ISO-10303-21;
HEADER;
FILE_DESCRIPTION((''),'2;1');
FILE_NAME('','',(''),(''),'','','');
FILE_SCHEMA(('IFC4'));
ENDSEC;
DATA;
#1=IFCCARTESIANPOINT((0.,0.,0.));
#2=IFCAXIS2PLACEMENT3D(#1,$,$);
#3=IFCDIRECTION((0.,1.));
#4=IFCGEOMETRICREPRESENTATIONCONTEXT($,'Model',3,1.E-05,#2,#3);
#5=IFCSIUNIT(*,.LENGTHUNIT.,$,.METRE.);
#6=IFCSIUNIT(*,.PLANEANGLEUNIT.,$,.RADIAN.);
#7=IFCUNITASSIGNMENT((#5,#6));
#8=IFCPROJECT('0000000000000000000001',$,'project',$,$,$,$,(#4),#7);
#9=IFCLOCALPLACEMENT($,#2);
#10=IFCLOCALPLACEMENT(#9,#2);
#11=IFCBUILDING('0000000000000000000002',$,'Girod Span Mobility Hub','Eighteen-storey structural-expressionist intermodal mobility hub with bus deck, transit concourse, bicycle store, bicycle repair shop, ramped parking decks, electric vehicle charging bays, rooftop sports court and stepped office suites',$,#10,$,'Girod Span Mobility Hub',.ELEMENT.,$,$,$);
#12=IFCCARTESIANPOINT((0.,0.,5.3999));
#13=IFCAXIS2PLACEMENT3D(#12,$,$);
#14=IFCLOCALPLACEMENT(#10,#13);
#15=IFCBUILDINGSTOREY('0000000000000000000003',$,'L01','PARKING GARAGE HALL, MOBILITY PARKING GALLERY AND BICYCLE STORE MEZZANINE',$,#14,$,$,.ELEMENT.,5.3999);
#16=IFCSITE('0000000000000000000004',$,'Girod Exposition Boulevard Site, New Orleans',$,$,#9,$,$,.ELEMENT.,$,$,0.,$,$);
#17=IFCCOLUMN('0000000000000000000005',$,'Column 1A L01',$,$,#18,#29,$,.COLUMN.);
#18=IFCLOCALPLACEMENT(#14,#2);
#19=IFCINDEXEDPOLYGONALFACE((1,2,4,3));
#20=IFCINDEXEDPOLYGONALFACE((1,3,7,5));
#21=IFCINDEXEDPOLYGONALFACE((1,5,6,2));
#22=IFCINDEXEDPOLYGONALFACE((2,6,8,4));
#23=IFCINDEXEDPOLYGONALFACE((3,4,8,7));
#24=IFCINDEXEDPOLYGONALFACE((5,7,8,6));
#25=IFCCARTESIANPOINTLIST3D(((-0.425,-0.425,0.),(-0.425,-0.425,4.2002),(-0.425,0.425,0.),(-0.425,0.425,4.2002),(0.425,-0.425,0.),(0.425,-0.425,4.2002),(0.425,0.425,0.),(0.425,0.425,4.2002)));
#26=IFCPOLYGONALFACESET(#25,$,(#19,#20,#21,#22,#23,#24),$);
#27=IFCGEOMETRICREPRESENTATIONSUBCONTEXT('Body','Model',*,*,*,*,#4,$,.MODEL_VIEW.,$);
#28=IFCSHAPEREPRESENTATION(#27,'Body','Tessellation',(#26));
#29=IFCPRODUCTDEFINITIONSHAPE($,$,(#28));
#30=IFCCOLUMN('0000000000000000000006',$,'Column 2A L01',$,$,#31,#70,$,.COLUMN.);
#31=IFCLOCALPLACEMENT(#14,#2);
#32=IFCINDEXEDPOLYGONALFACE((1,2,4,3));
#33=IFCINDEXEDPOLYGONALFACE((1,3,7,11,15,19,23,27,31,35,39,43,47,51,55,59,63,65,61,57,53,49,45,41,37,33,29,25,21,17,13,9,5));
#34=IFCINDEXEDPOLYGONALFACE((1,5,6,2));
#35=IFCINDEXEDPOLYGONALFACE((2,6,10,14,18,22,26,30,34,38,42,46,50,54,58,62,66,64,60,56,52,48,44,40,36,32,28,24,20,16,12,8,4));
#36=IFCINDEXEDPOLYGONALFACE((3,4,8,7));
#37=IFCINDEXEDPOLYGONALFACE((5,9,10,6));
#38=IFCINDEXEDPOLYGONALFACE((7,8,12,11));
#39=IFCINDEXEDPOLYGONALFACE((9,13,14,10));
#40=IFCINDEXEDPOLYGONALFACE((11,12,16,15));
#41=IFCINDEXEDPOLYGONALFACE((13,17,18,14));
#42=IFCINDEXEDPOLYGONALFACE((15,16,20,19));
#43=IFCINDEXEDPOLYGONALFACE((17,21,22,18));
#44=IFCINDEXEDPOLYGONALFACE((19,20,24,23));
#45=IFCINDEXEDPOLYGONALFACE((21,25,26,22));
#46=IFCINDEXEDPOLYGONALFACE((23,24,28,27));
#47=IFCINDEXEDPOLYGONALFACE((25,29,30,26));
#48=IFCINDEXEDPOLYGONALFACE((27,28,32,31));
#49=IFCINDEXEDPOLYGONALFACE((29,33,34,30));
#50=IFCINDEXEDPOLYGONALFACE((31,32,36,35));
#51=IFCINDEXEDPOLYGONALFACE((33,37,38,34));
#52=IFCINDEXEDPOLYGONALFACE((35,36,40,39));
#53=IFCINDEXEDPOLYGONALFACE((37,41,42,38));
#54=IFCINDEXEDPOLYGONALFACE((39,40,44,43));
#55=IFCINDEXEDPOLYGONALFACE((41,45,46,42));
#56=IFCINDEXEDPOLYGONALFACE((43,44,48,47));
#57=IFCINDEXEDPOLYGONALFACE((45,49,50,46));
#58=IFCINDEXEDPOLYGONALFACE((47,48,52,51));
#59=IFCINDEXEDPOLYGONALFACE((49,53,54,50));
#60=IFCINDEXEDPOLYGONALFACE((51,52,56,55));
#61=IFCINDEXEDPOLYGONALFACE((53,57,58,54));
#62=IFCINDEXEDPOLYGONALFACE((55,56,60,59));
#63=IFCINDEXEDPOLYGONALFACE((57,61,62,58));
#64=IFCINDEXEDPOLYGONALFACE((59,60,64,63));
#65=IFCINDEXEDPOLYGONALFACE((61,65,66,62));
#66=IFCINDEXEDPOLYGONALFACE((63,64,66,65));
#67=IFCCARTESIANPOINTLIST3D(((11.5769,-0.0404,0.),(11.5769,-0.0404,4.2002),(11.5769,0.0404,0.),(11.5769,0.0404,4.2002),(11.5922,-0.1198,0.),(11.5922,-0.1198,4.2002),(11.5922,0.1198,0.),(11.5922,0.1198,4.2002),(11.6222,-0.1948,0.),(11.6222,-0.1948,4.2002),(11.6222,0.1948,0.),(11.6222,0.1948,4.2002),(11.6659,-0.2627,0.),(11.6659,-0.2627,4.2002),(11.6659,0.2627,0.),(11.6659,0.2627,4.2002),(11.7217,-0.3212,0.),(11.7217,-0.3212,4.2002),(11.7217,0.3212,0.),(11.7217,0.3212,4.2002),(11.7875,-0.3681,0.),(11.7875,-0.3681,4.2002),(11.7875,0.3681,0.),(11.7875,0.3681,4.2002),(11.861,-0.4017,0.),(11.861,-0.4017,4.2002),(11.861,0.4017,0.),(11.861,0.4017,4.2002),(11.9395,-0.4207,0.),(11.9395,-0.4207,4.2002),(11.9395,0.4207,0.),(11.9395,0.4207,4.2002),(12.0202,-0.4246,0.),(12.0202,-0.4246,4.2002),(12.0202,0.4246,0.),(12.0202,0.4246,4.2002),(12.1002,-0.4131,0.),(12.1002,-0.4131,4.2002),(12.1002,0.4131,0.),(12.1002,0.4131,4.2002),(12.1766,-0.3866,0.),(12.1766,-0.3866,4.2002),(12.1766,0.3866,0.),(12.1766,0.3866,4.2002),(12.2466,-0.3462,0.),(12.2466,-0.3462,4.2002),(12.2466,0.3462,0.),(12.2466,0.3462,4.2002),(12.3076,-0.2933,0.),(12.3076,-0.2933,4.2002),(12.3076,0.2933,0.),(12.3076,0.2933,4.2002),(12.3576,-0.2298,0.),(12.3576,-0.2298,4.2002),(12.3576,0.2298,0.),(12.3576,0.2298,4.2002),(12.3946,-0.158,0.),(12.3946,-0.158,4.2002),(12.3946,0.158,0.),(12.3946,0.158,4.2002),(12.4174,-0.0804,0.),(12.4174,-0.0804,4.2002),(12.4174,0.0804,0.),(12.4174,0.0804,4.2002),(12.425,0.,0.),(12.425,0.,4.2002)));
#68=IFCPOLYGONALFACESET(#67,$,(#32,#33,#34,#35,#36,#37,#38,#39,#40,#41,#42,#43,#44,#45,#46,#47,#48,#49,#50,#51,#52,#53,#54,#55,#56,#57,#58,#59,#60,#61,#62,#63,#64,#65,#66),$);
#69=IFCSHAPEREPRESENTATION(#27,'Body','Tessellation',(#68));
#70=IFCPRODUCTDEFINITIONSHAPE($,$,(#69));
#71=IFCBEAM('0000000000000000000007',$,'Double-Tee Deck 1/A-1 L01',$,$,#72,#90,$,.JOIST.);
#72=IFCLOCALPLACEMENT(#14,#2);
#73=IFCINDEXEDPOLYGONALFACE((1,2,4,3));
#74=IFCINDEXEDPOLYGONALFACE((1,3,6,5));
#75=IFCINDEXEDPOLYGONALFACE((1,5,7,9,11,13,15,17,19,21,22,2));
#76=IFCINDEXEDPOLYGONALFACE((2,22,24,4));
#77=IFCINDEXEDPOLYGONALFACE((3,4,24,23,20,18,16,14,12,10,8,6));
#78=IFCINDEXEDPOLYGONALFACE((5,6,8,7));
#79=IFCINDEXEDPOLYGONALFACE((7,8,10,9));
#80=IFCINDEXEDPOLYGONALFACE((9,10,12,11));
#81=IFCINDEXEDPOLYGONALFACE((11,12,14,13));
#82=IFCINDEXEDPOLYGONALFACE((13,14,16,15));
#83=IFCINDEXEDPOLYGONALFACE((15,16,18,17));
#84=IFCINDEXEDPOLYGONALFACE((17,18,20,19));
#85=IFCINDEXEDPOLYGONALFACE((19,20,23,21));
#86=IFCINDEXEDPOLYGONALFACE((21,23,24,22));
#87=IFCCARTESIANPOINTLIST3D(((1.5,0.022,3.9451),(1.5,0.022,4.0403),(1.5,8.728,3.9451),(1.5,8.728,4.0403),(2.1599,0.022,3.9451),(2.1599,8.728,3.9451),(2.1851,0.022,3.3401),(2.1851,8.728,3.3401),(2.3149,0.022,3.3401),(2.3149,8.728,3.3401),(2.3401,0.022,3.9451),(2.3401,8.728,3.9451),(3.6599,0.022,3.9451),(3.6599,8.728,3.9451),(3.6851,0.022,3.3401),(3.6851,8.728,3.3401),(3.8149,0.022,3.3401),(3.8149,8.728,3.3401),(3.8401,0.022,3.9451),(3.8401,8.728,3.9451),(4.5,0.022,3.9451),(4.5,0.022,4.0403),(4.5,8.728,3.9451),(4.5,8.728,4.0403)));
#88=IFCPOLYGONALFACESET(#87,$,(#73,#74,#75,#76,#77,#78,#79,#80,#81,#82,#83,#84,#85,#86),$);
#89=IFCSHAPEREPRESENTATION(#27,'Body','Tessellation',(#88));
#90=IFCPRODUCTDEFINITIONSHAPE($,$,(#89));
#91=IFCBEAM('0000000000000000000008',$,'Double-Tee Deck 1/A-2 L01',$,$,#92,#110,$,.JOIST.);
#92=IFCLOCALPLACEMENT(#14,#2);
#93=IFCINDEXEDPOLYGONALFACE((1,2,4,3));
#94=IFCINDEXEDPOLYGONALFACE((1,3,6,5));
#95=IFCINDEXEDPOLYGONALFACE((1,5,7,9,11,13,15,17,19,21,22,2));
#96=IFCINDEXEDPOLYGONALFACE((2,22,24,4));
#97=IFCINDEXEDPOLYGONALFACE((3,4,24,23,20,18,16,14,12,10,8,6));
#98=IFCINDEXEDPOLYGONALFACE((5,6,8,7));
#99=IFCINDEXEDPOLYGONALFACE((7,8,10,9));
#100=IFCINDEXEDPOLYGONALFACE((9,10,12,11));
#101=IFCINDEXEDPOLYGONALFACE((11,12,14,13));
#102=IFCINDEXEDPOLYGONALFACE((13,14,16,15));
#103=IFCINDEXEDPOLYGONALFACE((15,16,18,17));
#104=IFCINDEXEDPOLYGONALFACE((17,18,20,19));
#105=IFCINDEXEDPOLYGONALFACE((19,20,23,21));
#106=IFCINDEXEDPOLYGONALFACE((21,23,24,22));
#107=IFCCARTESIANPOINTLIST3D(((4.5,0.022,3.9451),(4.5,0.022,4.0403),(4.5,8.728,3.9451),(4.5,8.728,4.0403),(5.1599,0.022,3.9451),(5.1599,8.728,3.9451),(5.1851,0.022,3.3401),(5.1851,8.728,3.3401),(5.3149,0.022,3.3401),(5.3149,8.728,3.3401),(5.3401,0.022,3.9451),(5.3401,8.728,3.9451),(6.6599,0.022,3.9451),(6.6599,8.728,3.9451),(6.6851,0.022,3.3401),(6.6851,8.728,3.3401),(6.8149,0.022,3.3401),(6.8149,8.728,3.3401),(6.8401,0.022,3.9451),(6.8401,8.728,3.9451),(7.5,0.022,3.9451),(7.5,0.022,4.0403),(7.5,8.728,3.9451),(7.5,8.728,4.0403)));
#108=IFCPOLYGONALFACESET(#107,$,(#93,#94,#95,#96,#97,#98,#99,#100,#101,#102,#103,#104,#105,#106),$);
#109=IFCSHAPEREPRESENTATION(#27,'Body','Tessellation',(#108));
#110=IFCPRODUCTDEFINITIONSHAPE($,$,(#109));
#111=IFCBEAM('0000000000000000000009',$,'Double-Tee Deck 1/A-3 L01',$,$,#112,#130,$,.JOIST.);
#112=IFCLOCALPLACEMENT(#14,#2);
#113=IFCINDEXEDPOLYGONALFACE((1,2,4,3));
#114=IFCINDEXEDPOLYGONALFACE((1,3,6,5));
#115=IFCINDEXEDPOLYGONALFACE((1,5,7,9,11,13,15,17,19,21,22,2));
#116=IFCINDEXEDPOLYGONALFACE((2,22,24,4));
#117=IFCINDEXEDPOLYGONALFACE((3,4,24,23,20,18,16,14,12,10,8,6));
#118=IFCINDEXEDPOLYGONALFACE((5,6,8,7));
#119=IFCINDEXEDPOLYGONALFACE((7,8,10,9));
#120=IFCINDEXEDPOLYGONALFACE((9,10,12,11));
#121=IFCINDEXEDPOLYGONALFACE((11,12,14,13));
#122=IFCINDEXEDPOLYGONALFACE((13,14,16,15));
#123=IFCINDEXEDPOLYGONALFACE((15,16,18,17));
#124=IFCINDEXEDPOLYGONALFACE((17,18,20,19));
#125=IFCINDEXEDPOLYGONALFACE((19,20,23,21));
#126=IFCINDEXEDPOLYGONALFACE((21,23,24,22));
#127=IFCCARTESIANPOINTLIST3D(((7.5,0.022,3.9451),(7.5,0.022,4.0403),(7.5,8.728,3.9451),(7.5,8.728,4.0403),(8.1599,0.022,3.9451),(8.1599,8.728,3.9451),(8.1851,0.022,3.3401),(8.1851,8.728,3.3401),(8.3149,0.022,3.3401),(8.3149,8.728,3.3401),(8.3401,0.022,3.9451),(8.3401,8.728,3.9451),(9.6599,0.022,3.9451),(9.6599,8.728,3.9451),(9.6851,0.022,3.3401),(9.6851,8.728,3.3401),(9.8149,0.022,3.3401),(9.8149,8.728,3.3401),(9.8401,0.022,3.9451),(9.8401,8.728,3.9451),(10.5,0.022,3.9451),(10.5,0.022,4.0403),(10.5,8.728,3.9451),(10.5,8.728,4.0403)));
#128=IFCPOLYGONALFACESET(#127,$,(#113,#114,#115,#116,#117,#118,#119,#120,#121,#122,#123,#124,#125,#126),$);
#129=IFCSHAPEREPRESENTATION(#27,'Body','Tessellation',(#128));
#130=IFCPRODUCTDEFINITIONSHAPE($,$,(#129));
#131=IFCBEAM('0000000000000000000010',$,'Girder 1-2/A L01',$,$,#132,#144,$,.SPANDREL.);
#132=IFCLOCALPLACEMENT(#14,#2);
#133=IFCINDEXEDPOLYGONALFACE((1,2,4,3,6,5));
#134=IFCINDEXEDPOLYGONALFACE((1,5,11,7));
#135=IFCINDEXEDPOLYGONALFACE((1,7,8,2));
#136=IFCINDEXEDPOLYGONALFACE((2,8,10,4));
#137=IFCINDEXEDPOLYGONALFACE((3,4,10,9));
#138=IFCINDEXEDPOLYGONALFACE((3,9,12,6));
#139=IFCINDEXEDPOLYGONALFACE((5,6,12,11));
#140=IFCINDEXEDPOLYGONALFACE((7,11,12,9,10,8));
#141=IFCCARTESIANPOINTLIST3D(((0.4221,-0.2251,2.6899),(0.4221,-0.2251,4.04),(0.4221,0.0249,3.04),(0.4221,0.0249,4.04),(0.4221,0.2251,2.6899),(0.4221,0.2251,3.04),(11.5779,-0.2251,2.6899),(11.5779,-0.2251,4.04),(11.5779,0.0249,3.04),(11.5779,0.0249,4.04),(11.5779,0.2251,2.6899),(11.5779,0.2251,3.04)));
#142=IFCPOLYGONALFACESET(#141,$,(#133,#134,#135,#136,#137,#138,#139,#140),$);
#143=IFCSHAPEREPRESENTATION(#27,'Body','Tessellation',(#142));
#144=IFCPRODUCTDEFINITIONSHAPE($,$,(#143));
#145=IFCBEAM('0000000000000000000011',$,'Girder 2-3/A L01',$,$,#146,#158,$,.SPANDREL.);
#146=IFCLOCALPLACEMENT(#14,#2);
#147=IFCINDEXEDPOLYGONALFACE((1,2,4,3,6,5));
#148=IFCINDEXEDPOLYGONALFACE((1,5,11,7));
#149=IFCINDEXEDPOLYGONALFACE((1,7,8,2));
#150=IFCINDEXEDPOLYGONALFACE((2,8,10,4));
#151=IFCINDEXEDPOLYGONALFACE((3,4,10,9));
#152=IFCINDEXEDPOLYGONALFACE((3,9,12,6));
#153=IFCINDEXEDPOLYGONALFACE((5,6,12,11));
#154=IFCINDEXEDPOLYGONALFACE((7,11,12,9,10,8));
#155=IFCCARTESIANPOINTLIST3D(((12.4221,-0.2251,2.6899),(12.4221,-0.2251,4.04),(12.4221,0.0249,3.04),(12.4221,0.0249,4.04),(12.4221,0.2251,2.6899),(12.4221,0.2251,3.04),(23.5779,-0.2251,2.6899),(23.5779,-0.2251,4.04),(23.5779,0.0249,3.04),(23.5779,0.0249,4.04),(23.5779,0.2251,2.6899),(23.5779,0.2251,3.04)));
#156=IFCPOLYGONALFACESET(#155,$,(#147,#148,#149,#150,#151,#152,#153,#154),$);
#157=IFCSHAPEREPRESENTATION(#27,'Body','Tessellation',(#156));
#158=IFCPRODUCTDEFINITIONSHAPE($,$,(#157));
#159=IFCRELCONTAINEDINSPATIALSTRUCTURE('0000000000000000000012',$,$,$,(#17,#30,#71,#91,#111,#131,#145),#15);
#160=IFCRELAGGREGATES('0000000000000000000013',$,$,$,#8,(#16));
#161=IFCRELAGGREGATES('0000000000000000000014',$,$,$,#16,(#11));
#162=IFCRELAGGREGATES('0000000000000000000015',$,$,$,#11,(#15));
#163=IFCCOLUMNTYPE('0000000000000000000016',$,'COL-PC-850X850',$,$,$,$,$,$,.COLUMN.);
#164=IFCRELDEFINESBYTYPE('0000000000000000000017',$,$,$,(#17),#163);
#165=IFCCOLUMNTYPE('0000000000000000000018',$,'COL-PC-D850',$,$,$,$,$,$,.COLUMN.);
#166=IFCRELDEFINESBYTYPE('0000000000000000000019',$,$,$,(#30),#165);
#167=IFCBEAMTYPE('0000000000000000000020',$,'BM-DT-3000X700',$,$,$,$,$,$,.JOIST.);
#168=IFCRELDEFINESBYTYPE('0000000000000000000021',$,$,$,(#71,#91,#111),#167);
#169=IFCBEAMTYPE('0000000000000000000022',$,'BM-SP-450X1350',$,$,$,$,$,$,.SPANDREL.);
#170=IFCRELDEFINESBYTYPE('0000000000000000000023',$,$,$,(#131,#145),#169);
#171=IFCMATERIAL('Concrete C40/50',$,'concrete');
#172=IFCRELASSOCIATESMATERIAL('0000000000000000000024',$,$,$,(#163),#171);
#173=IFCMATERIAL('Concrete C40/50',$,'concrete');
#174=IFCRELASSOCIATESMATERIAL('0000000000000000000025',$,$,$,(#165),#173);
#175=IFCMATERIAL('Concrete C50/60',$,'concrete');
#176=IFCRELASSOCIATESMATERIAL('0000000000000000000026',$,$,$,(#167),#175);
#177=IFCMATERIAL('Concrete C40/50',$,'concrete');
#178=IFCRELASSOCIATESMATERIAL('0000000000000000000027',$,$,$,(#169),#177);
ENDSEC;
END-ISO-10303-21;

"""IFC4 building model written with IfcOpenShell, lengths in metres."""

from ifc_helpers import new_model, si_unit, direction, frame, origin, origin_with_axes, origin_2d, place, context, subcontext, project, spatial, polyline, rectangle, circle, outline, extrude, material, material_profile, profile_set, type_object, element, save


model = new_model("IFC4")

# Units and contexts
model_context = context("Model", 3, precision=1e-05, world=origin(), true_north=direction((0.0, 1.0)))
body_context = subcontext(model_context, "Body", "Model", "MODEL_VIEW")
ifc_project = project(units=[si_unit("LENGTHUNIT", "METRE"), si_unit("PLANEANGLEUNIT", "RADIAN")], contexts=[model_context])

# Site, building, storey
site_placement = place(None, origin())
site = spatial("IfcSite", under=ifc_project, at=site_placement, Name="Girod Exposition Boulevard Site, New Orleans", CompositionType="ELEMENT", RefElevation=0.0)
building_placement = place(site_placement, origin())
building = spatial("IfcBuilding", under=site, at=building_placement, Name="Girod Span Mobility Hub", Description="Eighteen-storey structural-expressionist intermodal mobility hub with bus deck, transit concourse, bicycle store, bicycle repair shop, ramped parking decks, electric vehicle charging bays, rooftop sports court and stepped office suites", LongName="Girod Span Mobility Hub", CompositionType="ELEMENT")
storey_placement = place(building_placement, frame((0.0, 0.0, 5.3999)))
storey = spatial("IfcBuildingStorey", under=building, at=storey_placement, Name="L01", Description="PARKING GARAGE HALL, MOBILITY PARKING GALLERY AND BICYCLE STORE MEZZANINE", CompositionType="ELEMENT", Elevation=5.3999)

# Columns
ifc_material_1 = material(Name="Concrete C40/50", Category="concrete")
ifc_material_profile_1 = material_profile(ifc_material_1, rectangle(XDim=0.8501, YDim=0.8501, at=origin_2d()), Name="PC-COL-850X850")
ifc_profile_set_1 = profile_set([ifc_material_profile_1], Name="Concrete C40/50")
column_type_1 = type_object("IfcColumnType", Name="COL-PC-850X850", PredefinedType="COLUMN", material=ifc_profile_set_1)
column_1_placement = place(storey_placement, origin_with_axes())
element("IfcColumn", 1, at=column_1_placement, inside=storey, type_object=column_type_1, Name="Column 1A L01", PredefinedType="COLUMN", context=body_context, shape_type="SweptSolid", body=[
    extrude(rectangle(XDim=0.8501, YDim=0.8501, at=origin_2d()), origin(), (0.0, 0.0, 1.0), 4.2002),
])
ifc_material_2 = material(Name="Concrete C40/50", Category="concrete")
ifc_material_profile_2 = material_profile(ifc_material_2, circle(Radius=0.425, at=origin_2d()), Name="PC-CIR-D850")
ifc_profile_set_2 = profile_set([ifc_material_profile_2], Name="Concrete C40/50")
column_type_2 = type_object("IfcColumnType", Name="COL-PC-D850", PredefinedType="COLUMN", material=ifc_profile_set_2)
column_2_placement = place(storey_placement, frame((12.0, 0.0, 0.0), z_axis=(0.0, 0.0, 1.0), x_axis=(1.0, 0.0, 0.0)))
element("IfcColumn", 2, at=column_2_placement, inside=storey, type_object=column_type_2, Name="Column 2A L01", PredefinedType="COLUMN", context=body_context, shape_type="SweptSolid", body=[
    extrude(circle(Radius=0.425, at=origin_2d()), origin(), (0.0, 0.0, 1.0), 4.2002),
])

# Beams
ifc_material_3 = material(Name="Concrete C50/60", Category="concrete")
ifc_material_profile_3 = material_profile(ifc_material_3, outline(polyline([(-1.5, 0.3501), (-1.5, 0.2549), (-0.8401, 0.2549), (-0.8149, -0.3501), (-0.6851, -0.3501), (-0.6599, 0.2549), (0.6599, 0.2549), (0.6851, -0.3501), (0.8149, -0.3501), (0.8401, 0.2549), (1.5, 0.2549), (1.5, 0.3501), (-1.5, 0.3501)])), Name="DT-3000X700")
ifc_profile_set_3 = profile_set([ifc_material_profile_3], Name="Concrete C50/60")
beam_type_1 = type_object("IfcBeamType", Name="BM-DT-3000X700", PredefinedType="JOIST", material=ifc_profile_set_3)
for number, where, z_axis, x_axis, name in (
    (3, (3.0, 0.022, 3.6902), (0.0, 1.0, 0.0), (-1.0, 0.0, 0.0), "Double-Tee Deck 1/A-1 L01"),
    (4, (6.0, 0.022, 3.6902), (0.0, 1.0, 0.0), (-1.0, 0.0, 0.0), "Double-Tee Deck 1/A-2 L01"),
    (5, (9.0, 0.022, 3.6902), (0.0, 1.0, 0.0), (-1.0, 0.0, 0.0), "Double-Tee Deck 1/A-3 L01"),
):
    element("IfcBeam", number, at=place(storey_placement, frame(where, z_axis=z_axis, x_axis=x_axis)), inside=storey, type_object=beam_type_1, Name=name, PredefinedType="JOIST", context=body_context, shape_type="SweptSolid", body=[
        extrude(outline(polyline([(-1.5, 0.3501), (-1.5, 0.2549), (-0.8401, 0.2549), (-0.8149, -0.3501), (-0.6851, -0.3501), (-0.6599, 0.2549), (0.6599, 0.2549), (0.6851, -0.3501), (0.8149, -0.3501), (0.8401, 0.2549), (1.5, 0.2549), (1.5, 0.3501), (-1.5, 0.3501)])), origin(), (0.0, 0.0, 1.0), 8.7061),
    ])
ifc_material_4 = material(Name="Concrete C40/50", Category="concrete")
ifc_material_profile_4 = material_profile(ifc_material_4, outline(polyline([(-0.2251, -0.675), (0.2251, -0.675), (0.2251, -0.325), (0.0249, -0.325), (0.0249, 0.675), (-0.2251, 0.675), (-0.2251, -0.675)])), Name="SP-450X1350")
ifc_profile_set_4 = profile_set([ifc_material_profile_4], Name="Concrete C40/50")
beam_type_2 = type_object("IfcBeamType", Name="BM-SP-450X1350", PredefinedType="SPANDREL", material=ifc_profile_set_4)
for number, where, z_axis, x_axis, name in (
    (6, (0.4221, 0.0, 3.365), (1.0, 0.0, 0.0), (0.0, 1.0, 0.0), "Girder 1-2/A L01"),
    (7, (12.4221, 0.0, 3.365), (1.0, 0.0, 0.0), (0.0, 1.0, 0.0), "Girder 2-3/A L01"),
):
    element("IfcBeam", number, at=place(storey_placement, frame(where, z_axis=z_axis, x_axis=x_axis)), inside=storey, type_object=beam_type_2, Name=name, PredefinedType="SPANDREL", context=body_context, shape_type="SweptSolid", body=[
        extrude(outline(polyline([(-0.2251, -0.675), (0.2251, -0.675), (0.2251, -0.325), (0.0249, -0.325), (0.0249, 0.675), (-0.2251, 0.675), (-0.2251, -0.675)])), origin(), (0.0, 0.0, 1.0), 11.1558),
    ])

save(model, "model.ifc")
